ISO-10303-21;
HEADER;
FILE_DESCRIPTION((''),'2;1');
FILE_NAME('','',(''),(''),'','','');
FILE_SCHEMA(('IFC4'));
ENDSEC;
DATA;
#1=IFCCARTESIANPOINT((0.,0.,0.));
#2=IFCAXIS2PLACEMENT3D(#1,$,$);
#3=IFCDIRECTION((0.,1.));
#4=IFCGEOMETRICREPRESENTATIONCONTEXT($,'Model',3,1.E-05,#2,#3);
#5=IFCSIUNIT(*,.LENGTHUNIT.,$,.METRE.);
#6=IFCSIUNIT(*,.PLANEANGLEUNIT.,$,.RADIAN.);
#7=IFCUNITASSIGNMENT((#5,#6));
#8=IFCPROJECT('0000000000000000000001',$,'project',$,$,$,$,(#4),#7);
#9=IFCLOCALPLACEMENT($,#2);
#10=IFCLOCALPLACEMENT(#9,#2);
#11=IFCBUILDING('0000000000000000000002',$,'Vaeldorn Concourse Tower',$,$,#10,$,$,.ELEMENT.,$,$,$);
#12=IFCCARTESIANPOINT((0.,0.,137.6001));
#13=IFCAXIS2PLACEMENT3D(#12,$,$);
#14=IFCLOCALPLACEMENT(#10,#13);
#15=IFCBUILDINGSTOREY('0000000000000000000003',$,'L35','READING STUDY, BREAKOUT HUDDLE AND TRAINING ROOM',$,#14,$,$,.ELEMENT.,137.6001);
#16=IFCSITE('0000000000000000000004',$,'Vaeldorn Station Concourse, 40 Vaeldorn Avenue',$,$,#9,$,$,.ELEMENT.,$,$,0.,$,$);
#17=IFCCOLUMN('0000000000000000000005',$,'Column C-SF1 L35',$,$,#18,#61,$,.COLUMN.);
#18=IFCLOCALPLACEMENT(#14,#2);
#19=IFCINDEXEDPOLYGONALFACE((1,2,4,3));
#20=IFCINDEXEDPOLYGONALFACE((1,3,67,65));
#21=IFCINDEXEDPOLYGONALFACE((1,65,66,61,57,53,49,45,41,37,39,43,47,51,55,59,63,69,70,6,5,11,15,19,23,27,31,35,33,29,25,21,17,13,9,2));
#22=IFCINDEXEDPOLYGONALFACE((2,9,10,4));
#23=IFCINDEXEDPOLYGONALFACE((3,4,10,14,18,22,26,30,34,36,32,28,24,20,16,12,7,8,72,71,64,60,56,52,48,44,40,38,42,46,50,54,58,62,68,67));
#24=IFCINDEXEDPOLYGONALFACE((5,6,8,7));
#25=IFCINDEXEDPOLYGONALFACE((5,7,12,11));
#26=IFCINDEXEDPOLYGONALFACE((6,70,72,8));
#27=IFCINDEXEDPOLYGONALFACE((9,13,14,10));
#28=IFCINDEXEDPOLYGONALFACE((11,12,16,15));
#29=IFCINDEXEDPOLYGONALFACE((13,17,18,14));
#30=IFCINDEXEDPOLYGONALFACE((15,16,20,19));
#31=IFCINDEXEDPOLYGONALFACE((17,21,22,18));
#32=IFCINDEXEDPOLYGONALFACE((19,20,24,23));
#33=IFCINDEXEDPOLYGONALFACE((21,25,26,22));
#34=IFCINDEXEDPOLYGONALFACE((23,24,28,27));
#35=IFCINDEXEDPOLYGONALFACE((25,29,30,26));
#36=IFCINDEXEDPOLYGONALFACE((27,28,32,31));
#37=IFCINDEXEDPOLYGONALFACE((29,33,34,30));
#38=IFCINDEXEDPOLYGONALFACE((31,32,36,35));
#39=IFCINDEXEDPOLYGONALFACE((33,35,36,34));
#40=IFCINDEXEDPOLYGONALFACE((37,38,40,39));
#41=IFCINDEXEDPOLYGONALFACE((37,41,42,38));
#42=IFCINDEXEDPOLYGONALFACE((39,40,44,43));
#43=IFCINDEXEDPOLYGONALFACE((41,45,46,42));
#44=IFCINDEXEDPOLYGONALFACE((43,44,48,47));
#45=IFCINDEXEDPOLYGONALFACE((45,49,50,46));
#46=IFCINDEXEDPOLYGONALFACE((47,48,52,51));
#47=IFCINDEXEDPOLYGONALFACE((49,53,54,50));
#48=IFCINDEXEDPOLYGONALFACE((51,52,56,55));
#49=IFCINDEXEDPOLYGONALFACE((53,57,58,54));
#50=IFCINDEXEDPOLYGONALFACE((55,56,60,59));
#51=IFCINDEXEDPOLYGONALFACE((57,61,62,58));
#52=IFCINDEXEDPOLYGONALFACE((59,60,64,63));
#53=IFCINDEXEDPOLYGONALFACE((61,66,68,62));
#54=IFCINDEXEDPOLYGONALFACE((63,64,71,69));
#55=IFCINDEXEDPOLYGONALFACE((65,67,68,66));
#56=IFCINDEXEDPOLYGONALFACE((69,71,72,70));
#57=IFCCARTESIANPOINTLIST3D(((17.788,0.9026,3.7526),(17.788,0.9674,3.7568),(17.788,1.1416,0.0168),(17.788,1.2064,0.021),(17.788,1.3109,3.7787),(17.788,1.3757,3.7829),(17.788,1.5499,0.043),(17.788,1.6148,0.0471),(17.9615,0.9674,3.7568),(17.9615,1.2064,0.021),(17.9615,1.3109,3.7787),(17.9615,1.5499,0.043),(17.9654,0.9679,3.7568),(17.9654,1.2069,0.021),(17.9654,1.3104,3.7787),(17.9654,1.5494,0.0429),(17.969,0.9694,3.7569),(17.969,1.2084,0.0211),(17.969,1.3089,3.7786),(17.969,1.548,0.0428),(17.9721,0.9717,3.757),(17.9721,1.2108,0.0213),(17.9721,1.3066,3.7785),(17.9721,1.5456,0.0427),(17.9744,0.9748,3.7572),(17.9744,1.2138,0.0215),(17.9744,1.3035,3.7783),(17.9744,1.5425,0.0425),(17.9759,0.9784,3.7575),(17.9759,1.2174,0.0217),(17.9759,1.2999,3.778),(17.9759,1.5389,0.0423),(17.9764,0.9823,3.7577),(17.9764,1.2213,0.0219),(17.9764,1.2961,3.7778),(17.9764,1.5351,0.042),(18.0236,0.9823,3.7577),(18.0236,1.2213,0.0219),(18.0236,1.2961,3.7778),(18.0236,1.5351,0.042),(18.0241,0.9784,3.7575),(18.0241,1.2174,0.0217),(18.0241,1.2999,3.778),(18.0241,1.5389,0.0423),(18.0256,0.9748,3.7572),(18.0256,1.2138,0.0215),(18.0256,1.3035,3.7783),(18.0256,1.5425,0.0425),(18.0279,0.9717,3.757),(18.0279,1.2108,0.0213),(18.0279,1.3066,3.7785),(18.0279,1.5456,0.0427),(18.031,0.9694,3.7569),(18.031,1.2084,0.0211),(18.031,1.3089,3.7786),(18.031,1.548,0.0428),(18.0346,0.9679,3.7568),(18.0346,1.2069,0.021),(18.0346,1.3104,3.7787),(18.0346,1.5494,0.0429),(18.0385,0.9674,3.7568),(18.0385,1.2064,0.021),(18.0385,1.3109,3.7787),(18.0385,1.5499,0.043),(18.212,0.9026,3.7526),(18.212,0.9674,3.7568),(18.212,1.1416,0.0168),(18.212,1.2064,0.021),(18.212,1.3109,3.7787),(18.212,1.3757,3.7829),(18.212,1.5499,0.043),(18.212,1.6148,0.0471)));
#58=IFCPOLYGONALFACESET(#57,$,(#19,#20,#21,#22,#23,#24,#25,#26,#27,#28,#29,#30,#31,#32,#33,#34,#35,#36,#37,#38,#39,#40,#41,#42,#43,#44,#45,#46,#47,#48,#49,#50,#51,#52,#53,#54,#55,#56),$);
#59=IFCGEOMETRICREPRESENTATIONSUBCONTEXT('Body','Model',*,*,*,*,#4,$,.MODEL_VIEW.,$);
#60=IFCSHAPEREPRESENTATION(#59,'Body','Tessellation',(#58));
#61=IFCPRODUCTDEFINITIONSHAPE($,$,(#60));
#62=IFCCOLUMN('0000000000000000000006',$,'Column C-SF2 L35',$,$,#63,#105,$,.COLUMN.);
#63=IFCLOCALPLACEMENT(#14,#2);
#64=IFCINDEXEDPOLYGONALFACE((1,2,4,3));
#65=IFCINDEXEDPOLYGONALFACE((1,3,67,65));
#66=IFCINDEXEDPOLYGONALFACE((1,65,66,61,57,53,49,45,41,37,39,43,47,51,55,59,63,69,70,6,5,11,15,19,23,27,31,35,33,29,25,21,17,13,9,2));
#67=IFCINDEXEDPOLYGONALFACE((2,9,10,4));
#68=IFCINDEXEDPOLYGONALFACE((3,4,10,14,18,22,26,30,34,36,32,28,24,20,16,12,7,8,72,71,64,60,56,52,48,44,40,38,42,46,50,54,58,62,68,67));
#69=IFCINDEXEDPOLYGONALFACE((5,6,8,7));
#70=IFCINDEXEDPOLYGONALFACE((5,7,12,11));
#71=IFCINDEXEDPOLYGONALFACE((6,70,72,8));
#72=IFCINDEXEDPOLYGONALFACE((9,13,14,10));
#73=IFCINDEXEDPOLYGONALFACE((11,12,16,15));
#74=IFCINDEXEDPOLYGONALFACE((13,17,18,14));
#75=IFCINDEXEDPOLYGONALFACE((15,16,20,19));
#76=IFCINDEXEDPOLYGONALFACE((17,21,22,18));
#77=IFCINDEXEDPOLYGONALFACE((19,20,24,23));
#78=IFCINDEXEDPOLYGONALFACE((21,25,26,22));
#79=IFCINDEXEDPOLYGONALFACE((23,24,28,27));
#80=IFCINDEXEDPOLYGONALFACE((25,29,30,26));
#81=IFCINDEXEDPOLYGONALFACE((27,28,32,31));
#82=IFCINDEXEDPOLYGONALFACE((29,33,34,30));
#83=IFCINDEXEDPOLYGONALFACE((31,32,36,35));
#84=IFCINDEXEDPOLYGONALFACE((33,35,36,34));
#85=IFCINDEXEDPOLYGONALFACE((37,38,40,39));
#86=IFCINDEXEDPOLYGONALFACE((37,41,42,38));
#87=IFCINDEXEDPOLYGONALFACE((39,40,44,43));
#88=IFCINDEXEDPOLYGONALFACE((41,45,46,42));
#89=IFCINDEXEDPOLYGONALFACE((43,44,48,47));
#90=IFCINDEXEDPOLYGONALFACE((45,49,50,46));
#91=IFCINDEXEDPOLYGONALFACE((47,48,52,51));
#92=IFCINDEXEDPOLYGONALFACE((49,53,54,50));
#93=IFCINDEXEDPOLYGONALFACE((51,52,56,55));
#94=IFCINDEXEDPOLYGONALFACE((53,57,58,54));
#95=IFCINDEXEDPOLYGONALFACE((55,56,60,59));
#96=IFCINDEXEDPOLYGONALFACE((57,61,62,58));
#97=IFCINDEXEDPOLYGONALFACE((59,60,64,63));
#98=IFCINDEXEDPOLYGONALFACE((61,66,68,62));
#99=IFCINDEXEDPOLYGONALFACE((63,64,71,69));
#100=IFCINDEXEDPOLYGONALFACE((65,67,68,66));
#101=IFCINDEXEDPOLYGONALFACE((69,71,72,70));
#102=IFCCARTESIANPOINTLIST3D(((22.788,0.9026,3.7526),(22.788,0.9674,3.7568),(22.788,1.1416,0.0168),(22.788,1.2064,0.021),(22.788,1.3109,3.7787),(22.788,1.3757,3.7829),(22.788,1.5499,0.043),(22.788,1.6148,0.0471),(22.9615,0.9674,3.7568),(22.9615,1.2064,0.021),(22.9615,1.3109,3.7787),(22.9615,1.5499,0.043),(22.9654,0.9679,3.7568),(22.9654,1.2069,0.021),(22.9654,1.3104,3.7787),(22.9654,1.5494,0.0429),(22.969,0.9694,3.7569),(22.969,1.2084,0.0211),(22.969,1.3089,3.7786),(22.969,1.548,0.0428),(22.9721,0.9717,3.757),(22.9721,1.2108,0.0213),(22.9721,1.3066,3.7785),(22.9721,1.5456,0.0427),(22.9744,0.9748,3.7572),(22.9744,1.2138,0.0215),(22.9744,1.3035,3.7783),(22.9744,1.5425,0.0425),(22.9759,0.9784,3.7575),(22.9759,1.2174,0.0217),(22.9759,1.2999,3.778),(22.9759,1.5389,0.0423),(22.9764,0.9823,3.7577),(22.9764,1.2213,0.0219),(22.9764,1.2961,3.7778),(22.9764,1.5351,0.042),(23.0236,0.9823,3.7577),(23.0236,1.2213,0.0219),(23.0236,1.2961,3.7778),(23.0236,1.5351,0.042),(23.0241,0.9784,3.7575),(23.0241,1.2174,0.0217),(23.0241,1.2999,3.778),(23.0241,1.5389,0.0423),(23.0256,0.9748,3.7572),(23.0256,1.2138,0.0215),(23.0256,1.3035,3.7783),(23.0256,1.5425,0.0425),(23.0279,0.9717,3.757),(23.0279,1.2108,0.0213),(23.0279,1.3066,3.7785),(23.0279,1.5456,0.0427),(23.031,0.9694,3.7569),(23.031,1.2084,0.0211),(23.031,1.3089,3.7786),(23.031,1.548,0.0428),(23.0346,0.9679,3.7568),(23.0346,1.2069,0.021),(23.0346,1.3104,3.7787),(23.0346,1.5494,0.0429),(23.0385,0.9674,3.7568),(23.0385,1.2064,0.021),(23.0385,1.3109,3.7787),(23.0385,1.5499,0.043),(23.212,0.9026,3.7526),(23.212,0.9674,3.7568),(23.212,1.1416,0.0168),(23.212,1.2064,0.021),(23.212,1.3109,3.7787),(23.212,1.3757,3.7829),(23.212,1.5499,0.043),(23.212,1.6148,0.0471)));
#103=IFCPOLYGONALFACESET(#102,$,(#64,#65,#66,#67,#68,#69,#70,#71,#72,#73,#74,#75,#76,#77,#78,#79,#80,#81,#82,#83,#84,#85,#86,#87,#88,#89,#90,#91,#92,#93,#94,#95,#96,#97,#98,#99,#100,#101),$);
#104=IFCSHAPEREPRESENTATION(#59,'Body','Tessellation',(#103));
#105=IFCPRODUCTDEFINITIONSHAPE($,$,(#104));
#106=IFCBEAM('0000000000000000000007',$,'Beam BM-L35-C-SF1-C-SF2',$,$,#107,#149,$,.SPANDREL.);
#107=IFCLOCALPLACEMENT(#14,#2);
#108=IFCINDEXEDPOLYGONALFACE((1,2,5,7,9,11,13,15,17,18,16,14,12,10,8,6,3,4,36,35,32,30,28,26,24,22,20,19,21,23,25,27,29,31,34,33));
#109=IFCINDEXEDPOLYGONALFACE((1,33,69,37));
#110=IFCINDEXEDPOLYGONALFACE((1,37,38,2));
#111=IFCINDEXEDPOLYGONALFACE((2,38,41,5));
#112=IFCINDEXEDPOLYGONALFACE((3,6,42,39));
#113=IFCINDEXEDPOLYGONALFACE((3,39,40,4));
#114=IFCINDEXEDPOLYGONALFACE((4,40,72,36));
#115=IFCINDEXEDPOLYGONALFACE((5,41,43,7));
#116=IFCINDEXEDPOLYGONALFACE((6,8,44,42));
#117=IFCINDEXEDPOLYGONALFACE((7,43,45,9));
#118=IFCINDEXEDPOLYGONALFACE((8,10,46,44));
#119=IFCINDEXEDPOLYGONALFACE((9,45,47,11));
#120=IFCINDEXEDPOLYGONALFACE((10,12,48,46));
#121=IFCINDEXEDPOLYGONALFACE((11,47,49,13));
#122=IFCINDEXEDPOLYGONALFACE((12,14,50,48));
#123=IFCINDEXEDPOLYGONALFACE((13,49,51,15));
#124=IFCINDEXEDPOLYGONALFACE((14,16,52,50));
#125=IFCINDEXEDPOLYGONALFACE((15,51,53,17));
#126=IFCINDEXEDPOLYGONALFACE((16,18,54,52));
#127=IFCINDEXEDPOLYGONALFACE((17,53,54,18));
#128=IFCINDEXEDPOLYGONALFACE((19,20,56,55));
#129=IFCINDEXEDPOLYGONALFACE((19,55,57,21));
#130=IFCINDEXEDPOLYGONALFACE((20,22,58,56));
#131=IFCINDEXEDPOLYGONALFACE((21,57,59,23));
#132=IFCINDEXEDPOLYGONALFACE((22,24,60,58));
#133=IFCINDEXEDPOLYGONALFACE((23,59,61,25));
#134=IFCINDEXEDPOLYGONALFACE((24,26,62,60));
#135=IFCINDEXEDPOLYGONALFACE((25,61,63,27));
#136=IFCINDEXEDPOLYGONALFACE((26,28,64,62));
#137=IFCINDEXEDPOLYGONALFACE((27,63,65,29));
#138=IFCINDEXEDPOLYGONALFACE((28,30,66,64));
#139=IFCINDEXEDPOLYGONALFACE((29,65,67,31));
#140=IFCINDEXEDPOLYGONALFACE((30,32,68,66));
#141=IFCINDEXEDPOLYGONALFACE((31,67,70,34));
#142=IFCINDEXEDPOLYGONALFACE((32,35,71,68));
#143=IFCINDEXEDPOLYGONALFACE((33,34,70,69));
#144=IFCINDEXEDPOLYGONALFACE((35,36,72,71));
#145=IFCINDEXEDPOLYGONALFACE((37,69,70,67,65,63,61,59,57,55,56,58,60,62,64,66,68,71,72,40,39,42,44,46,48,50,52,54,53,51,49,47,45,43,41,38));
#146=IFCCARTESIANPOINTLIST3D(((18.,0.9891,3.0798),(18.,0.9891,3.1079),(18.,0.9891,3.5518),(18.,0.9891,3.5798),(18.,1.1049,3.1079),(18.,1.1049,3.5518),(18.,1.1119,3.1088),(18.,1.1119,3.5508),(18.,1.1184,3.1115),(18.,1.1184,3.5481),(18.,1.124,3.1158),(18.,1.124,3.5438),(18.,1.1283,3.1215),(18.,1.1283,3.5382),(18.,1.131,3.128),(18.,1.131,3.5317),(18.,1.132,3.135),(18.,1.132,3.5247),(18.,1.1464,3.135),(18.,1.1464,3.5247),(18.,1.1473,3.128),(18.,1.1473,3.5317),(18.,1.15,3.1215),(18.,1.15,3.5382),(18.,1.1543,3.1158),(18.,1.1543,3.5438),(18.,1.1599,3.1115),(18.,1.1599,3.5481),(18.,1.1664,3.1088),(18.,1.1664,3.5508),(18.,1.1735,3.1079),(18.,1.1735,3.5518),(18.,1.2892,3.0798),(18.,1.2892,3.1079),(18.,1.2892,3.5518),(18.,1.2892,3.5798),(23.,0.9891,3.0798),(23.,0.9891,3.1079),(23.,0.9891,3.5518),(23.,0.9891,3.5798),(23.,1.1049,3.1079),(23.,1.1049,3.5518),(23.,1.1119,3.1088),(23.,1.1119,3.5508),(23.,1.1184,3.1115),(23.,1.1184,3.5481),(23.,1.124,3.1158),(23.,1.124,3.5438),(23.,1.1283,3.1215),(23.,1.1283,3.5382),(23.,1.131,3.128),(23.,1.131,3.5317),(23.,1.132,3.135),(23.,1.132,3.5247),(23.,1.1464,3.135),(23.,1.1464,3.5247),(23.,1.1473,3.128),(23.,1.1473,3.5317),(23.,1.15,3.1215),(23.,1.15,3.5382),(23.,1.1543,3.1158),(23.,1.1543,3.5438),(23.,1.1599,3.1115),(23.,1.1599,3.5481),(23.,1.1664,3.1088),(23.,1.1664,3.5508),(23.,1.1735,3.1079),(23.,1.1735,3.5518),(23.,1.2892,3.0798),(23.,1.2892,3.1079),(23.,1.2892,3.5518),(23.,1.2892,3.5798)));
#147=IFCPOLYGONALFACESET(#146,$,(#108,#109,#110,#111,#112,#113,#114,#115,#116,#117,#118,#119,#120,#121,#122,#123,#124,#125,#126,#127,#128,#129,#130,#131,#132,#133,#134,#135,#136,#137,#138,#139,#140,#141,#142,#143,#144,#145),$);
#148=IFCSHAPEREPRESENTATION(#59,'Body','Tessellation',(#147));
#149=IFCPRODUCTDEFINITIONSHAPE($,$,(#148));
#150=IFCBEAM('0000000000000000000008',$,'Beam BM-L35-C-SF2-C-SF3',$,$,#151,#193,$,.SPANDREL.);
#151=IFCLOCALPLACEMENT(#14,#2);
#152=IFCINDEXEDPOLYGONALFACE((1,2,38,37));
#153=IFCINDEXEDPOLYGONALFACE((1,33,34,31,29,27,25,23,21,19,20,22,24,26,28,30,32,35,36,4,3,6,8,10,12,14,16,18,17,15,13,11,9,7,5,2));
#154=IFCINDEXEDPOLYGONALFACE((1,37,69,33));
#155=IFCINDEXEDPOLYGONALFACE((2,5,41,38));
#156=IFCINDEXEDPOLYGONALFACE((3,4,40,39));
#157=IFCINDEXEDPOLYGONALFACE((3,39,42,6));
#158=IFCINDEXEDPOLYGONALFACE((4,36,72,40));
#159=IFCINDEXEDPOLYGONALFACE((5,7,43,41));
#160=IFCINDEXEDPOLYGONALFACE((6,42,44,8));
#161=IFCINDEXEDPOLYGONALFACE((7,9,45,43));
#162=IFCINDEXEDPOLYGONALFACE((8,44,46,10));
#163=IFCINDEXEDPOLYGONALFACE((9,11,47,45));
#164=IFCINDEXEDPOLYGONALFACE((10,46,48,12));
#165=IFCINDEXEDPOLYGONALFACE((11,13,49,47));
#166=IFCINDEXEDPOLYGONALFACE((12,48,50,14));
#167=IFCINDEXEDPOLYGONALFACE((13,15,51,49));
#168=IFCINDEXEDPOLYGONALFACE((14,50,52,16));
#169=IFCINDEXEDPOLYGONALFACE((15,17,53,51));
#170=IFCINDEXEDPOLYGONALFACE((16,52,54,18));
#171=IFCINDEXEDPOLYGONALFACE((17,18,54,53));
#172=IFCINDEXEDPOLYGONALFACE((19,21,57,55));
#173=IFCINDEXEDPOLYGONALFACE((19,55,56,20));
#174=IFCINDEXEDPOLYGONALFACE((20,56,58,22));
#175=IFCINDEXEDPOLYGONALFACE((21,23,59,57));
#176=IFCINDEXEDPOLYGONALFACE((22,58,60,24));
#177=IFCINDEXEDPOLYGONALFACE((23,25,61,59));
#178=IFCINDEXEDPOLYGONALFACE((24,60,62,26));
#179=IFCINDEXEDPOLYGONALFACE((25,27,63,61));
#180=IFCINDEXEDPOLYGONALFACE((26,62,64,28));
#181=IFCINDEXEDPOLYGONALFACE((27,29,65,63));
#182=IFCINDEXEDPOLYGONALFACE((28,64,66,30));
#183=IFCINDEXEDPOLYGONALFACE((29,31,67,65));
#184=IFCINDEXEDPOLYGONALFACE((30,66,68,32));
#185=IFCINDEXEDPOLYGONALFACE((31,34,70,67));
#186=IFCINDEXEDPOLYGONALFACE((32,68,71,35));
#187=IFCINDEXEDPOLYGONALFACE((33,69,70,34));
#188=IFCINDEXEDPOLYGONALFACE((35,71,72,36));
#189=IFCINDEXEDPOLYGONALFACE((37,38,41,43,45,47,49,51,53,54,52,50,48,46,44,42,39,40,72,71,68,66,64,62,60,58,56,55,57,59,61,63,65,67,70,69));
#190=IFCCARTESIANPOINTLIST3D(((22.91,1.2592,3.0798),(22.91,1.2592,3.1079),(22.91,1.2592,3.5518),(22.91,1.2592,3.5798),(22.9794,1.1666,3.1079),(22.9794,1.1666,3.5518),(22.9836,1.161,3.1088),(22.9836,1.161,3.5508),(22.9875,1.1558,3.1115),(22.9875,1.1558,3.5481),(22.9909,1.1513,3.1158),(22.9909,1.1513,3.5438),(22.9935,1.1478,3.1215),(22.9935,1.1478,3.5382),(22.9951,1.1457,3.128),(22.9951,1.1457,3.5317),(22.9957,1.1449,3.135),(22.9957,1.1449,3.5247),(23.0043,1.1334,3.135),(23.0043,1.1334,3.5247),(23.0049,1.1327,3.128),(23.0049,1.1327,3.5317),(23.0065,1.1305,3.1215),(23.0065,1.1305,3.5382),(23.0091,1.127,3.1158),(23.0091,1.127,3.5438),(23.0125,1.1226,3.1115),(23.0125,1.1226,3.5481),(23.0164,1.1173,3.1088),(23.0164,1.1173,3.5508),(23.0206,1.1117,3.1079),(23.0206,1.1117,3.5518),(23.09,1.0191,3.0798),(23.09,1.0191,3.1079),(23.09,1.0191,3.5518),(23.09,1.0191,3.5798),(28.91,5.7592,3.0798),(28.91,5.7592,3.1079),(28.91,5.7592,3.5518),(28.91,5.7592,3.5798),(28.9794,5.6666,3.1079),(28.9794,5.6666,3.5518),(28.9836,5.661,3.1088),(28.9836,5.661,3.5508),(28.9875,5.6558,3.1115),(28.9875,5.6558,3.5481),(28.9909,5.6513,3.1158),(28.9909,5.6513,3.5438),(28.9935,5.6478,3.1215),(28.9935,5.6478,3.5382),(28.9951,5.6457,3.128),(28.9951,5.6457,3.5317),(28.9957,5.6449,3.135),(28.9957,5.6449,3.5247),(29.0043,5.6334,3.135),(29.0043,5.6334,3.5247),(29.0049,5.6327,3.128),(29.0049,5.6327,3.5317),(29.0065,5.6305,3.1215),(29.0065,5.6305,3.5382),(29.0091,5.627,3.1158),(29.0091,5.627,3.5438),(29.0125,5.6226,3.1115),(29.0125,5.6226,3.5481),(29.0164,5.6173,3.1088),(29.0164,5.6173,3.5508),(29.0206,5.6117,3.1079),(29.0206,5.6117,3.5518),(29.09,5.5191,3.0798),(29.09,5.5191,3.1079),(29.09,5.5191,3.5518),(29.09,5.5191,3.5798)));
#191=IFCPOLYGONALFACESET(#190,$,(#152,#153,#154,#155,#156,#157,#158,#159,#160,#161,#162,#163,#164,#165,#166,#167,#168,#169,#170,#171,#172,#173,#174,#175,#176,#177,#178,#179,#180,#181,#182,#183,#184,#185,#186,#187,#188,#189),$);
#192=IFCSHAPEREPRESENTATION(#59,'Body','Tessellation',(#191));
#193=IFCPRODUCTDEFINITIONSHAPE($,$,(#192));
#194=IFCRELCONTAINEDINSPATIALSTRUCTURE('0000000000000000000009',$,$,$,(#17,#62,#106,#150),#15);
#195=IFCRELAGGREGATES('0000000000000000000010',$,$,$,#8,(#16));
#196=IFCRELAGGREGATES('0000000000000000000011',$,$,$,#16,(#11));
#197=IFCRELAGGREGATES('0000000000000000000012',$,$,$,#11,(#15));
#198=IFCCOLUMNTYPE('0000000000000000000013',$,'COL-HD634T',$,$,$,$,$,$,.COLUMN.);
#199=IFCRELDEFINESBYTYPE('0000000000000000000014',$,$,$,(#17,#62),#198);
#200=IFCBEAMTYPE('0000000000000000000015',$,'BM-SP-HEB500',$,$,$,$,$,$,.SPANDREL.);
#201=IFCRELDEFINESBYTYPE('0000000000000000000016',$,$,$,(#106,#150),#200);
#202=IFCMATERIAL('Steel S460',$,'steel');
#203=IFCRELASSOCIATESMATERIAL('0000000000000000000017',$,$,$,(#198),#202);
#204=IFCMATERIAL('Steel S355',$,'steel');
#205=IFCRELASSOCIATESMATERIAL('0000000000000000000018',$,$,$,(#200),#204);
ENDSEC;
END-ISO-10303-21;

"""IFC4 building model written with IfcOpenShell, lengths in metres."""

from ifc_helpers import new_model, si_unit, direction, frame, origin, origin_2d, place, context, subcontext, project, spatial, i_section, extrude, source, transform, mapped, material, material_profile, profile_set, type_object, element, save


model = new_model("IFC4")

# Units and contexts
model_context = context("Model", 3, precision=1e-05, world=origin(), true_north=direction((0.0, 1.0)))
body_context = subcontext(model_context, "Body", "Model", "MODEL_VIEW")
ifc_project = project(units=[si_unit("LENGTHUNIT", "METRE"), si_unit("PLANEANGLEUNIT", "RADIAN")], contexts=[model_context])

# Site, building, storey
site_placement = place(None, origin())
site = spatial("IfcSite", under=ifc_project, at=site_placement, Name="Vaeldorn Station Concourse, 40 Vaeldorn Avenue", CompositionType="ELEMENT", RefElevation=0.0)
building_placement = place(site_placement, origin())
building = spatial("IfcBuilding", under=site, at=building_placement, Name="Vaeldorn Concourse Tower", CompositionType="ELEMENT")
storey_placement = place(building_placement, frame((0.0, 0.0, 137.6001)))
storey = spatial("IfcBuildingStorey", under=building, at=storey_placement, Name="L35", Description="READING STUDY, BREAKOUT HUDDLE AND TRAINING ROOM", CompositionType="ELEMENT", Elevation=137.6001)

# Columns
ifc_material_1 = material(Name="Steel S460", Category="steel")
ifc_material_profile_1 = material_profile(ifc_material_1, i_section(OverallWidth=0.4241, OverallDepth=0.4741, WebThickness=0.0471, FlangeThickness=0.0649, FilletRadius=0.0149, at=origin_2d()), Name="HD 400x634")
ifc_profile_set_1 = profile_set([ifc_material_profile_1], Name="Steel S460")
column_type = type_object("IfcColumnType", Name="COL-HD634T", PredefinedType="COLUMN", material=ifc_profile_set_1)
shared_shape_1 = source(origin(), body_context, "Body", "SweptSolid", [
    extrude(i_section(OverallWidth=0.4241, OverallDepth=0.4741, WebThickness=0.0471, FlangeThickness=0.0649, FilletRadius=0.0149, at=origin_2d()), origin(), (0.0, 0.0, 1.0), 3.7434),
])
for number, where, z_axis, x_axis, name in (
    (1, (18.0, 1.3782, 0.032), (0.0, -0.063848, 0.99796), (1.0, 0.0, 0.0), "Column C-SF1 L35"),
    (2, (23.0, 1.3782, 0.032), (0.0, -0.063848, 0.99796), (1.0, 0.0, 0.0), "Column C-SF2 L35"),
):
    element("IfcColumn", number, at=place(storey_placement, frame(where, z_axis=z_axis, x_axis=x_axis)), inside=storey, type_object=column_type, Name=name, PredefinedType="COLUMN", context=body_context, shape_type="MappedRepresentation", body=[
        mapped(shared_shape_1, transform((0.0, 0.0, 0.0), scale=1.0)),
    ])

# Beams
ifc_material_2 = material(Name="Steel S355", Category="steel")
ifc_material_profile_2 = material_profile(ifc_material_2, i_section(OverallWidth=0.3, OverallDepth=0.5, WebThickness=0.0144, FlangeThickness=0.0281, FilletRadius=0.0271, at=origin_2d()), Name="HEB 500")
ifc_profile_set_2 = profile_set([ifc_material_profile_2], Name="Steel S355")
beam_type_1 = type_object("IfcBeamType", Name="BM-SP-HEB500", PredefinedType="SPANDREL", material=ifc_profile_set_2)
shared_shape_2 = source(origin(), body_context, "Body", "SweptSolid", [
    extrude(i_section(OverallWidth=0.3, OverallDepth=0.5, WebThickness=0.0144, FlangeThickness=0.0281, FilletRadius=0.0271, at=origin_2d()), origin(), (0.0, 0.0, 1.0), 5.0),
])
beam_1_placement = place(storey_placement, frame((18.0, 1.1392, 3.3298), z_axis=(1.0, 0.0, 0.0), x_axis=(0.0, 1.0, 0.0)))
element("IfcBeam", 3, at=beam_1_placement, inside=storey, type_object=beam_type_1, Name="Beam BM-L35-C-SF1-C-SF2", PredefinedType="SPANDREL", context=body_context, shape_type="MappedRepresentation", body=[
    mapped(shared_shape_2, transform((0.0, 0.0, 0.0), scale=1.0)),
])
shared_shape_3 = source(origin(), body_context, "Body", "SweptSolid", [
    extrude(i_section(OverallWidth=0.3, OverallDepth=0.5, WebThickness=0.0144, FlangeThickness=0.0281, FilletRadius=0.0271, at=origin_2d()), origin(), (0.0, 0.0, 1.0), 7.5),
])
beam_2_placement = place(storey_placement, frame((23.0, 1.1392, 3.3298), z_axis=(0.8, 0.6, 0.0), x_axis=(-0.6, 0.8, 0.0)))
element("IfcBeam", 4, at=beam_2_placement, inside=storey, type_object=beam_type_1, Name="Beam BM-L35-C-SF2-C-SF3", PredefinedType="SPANDREL", context=body_context, shape_type="MappedRepresentation", body=[
    mapped(shared_shape_3, transform((0.0, 0.0, 0.0), scale=1.0)),
])

save(model, "model.ifc")
